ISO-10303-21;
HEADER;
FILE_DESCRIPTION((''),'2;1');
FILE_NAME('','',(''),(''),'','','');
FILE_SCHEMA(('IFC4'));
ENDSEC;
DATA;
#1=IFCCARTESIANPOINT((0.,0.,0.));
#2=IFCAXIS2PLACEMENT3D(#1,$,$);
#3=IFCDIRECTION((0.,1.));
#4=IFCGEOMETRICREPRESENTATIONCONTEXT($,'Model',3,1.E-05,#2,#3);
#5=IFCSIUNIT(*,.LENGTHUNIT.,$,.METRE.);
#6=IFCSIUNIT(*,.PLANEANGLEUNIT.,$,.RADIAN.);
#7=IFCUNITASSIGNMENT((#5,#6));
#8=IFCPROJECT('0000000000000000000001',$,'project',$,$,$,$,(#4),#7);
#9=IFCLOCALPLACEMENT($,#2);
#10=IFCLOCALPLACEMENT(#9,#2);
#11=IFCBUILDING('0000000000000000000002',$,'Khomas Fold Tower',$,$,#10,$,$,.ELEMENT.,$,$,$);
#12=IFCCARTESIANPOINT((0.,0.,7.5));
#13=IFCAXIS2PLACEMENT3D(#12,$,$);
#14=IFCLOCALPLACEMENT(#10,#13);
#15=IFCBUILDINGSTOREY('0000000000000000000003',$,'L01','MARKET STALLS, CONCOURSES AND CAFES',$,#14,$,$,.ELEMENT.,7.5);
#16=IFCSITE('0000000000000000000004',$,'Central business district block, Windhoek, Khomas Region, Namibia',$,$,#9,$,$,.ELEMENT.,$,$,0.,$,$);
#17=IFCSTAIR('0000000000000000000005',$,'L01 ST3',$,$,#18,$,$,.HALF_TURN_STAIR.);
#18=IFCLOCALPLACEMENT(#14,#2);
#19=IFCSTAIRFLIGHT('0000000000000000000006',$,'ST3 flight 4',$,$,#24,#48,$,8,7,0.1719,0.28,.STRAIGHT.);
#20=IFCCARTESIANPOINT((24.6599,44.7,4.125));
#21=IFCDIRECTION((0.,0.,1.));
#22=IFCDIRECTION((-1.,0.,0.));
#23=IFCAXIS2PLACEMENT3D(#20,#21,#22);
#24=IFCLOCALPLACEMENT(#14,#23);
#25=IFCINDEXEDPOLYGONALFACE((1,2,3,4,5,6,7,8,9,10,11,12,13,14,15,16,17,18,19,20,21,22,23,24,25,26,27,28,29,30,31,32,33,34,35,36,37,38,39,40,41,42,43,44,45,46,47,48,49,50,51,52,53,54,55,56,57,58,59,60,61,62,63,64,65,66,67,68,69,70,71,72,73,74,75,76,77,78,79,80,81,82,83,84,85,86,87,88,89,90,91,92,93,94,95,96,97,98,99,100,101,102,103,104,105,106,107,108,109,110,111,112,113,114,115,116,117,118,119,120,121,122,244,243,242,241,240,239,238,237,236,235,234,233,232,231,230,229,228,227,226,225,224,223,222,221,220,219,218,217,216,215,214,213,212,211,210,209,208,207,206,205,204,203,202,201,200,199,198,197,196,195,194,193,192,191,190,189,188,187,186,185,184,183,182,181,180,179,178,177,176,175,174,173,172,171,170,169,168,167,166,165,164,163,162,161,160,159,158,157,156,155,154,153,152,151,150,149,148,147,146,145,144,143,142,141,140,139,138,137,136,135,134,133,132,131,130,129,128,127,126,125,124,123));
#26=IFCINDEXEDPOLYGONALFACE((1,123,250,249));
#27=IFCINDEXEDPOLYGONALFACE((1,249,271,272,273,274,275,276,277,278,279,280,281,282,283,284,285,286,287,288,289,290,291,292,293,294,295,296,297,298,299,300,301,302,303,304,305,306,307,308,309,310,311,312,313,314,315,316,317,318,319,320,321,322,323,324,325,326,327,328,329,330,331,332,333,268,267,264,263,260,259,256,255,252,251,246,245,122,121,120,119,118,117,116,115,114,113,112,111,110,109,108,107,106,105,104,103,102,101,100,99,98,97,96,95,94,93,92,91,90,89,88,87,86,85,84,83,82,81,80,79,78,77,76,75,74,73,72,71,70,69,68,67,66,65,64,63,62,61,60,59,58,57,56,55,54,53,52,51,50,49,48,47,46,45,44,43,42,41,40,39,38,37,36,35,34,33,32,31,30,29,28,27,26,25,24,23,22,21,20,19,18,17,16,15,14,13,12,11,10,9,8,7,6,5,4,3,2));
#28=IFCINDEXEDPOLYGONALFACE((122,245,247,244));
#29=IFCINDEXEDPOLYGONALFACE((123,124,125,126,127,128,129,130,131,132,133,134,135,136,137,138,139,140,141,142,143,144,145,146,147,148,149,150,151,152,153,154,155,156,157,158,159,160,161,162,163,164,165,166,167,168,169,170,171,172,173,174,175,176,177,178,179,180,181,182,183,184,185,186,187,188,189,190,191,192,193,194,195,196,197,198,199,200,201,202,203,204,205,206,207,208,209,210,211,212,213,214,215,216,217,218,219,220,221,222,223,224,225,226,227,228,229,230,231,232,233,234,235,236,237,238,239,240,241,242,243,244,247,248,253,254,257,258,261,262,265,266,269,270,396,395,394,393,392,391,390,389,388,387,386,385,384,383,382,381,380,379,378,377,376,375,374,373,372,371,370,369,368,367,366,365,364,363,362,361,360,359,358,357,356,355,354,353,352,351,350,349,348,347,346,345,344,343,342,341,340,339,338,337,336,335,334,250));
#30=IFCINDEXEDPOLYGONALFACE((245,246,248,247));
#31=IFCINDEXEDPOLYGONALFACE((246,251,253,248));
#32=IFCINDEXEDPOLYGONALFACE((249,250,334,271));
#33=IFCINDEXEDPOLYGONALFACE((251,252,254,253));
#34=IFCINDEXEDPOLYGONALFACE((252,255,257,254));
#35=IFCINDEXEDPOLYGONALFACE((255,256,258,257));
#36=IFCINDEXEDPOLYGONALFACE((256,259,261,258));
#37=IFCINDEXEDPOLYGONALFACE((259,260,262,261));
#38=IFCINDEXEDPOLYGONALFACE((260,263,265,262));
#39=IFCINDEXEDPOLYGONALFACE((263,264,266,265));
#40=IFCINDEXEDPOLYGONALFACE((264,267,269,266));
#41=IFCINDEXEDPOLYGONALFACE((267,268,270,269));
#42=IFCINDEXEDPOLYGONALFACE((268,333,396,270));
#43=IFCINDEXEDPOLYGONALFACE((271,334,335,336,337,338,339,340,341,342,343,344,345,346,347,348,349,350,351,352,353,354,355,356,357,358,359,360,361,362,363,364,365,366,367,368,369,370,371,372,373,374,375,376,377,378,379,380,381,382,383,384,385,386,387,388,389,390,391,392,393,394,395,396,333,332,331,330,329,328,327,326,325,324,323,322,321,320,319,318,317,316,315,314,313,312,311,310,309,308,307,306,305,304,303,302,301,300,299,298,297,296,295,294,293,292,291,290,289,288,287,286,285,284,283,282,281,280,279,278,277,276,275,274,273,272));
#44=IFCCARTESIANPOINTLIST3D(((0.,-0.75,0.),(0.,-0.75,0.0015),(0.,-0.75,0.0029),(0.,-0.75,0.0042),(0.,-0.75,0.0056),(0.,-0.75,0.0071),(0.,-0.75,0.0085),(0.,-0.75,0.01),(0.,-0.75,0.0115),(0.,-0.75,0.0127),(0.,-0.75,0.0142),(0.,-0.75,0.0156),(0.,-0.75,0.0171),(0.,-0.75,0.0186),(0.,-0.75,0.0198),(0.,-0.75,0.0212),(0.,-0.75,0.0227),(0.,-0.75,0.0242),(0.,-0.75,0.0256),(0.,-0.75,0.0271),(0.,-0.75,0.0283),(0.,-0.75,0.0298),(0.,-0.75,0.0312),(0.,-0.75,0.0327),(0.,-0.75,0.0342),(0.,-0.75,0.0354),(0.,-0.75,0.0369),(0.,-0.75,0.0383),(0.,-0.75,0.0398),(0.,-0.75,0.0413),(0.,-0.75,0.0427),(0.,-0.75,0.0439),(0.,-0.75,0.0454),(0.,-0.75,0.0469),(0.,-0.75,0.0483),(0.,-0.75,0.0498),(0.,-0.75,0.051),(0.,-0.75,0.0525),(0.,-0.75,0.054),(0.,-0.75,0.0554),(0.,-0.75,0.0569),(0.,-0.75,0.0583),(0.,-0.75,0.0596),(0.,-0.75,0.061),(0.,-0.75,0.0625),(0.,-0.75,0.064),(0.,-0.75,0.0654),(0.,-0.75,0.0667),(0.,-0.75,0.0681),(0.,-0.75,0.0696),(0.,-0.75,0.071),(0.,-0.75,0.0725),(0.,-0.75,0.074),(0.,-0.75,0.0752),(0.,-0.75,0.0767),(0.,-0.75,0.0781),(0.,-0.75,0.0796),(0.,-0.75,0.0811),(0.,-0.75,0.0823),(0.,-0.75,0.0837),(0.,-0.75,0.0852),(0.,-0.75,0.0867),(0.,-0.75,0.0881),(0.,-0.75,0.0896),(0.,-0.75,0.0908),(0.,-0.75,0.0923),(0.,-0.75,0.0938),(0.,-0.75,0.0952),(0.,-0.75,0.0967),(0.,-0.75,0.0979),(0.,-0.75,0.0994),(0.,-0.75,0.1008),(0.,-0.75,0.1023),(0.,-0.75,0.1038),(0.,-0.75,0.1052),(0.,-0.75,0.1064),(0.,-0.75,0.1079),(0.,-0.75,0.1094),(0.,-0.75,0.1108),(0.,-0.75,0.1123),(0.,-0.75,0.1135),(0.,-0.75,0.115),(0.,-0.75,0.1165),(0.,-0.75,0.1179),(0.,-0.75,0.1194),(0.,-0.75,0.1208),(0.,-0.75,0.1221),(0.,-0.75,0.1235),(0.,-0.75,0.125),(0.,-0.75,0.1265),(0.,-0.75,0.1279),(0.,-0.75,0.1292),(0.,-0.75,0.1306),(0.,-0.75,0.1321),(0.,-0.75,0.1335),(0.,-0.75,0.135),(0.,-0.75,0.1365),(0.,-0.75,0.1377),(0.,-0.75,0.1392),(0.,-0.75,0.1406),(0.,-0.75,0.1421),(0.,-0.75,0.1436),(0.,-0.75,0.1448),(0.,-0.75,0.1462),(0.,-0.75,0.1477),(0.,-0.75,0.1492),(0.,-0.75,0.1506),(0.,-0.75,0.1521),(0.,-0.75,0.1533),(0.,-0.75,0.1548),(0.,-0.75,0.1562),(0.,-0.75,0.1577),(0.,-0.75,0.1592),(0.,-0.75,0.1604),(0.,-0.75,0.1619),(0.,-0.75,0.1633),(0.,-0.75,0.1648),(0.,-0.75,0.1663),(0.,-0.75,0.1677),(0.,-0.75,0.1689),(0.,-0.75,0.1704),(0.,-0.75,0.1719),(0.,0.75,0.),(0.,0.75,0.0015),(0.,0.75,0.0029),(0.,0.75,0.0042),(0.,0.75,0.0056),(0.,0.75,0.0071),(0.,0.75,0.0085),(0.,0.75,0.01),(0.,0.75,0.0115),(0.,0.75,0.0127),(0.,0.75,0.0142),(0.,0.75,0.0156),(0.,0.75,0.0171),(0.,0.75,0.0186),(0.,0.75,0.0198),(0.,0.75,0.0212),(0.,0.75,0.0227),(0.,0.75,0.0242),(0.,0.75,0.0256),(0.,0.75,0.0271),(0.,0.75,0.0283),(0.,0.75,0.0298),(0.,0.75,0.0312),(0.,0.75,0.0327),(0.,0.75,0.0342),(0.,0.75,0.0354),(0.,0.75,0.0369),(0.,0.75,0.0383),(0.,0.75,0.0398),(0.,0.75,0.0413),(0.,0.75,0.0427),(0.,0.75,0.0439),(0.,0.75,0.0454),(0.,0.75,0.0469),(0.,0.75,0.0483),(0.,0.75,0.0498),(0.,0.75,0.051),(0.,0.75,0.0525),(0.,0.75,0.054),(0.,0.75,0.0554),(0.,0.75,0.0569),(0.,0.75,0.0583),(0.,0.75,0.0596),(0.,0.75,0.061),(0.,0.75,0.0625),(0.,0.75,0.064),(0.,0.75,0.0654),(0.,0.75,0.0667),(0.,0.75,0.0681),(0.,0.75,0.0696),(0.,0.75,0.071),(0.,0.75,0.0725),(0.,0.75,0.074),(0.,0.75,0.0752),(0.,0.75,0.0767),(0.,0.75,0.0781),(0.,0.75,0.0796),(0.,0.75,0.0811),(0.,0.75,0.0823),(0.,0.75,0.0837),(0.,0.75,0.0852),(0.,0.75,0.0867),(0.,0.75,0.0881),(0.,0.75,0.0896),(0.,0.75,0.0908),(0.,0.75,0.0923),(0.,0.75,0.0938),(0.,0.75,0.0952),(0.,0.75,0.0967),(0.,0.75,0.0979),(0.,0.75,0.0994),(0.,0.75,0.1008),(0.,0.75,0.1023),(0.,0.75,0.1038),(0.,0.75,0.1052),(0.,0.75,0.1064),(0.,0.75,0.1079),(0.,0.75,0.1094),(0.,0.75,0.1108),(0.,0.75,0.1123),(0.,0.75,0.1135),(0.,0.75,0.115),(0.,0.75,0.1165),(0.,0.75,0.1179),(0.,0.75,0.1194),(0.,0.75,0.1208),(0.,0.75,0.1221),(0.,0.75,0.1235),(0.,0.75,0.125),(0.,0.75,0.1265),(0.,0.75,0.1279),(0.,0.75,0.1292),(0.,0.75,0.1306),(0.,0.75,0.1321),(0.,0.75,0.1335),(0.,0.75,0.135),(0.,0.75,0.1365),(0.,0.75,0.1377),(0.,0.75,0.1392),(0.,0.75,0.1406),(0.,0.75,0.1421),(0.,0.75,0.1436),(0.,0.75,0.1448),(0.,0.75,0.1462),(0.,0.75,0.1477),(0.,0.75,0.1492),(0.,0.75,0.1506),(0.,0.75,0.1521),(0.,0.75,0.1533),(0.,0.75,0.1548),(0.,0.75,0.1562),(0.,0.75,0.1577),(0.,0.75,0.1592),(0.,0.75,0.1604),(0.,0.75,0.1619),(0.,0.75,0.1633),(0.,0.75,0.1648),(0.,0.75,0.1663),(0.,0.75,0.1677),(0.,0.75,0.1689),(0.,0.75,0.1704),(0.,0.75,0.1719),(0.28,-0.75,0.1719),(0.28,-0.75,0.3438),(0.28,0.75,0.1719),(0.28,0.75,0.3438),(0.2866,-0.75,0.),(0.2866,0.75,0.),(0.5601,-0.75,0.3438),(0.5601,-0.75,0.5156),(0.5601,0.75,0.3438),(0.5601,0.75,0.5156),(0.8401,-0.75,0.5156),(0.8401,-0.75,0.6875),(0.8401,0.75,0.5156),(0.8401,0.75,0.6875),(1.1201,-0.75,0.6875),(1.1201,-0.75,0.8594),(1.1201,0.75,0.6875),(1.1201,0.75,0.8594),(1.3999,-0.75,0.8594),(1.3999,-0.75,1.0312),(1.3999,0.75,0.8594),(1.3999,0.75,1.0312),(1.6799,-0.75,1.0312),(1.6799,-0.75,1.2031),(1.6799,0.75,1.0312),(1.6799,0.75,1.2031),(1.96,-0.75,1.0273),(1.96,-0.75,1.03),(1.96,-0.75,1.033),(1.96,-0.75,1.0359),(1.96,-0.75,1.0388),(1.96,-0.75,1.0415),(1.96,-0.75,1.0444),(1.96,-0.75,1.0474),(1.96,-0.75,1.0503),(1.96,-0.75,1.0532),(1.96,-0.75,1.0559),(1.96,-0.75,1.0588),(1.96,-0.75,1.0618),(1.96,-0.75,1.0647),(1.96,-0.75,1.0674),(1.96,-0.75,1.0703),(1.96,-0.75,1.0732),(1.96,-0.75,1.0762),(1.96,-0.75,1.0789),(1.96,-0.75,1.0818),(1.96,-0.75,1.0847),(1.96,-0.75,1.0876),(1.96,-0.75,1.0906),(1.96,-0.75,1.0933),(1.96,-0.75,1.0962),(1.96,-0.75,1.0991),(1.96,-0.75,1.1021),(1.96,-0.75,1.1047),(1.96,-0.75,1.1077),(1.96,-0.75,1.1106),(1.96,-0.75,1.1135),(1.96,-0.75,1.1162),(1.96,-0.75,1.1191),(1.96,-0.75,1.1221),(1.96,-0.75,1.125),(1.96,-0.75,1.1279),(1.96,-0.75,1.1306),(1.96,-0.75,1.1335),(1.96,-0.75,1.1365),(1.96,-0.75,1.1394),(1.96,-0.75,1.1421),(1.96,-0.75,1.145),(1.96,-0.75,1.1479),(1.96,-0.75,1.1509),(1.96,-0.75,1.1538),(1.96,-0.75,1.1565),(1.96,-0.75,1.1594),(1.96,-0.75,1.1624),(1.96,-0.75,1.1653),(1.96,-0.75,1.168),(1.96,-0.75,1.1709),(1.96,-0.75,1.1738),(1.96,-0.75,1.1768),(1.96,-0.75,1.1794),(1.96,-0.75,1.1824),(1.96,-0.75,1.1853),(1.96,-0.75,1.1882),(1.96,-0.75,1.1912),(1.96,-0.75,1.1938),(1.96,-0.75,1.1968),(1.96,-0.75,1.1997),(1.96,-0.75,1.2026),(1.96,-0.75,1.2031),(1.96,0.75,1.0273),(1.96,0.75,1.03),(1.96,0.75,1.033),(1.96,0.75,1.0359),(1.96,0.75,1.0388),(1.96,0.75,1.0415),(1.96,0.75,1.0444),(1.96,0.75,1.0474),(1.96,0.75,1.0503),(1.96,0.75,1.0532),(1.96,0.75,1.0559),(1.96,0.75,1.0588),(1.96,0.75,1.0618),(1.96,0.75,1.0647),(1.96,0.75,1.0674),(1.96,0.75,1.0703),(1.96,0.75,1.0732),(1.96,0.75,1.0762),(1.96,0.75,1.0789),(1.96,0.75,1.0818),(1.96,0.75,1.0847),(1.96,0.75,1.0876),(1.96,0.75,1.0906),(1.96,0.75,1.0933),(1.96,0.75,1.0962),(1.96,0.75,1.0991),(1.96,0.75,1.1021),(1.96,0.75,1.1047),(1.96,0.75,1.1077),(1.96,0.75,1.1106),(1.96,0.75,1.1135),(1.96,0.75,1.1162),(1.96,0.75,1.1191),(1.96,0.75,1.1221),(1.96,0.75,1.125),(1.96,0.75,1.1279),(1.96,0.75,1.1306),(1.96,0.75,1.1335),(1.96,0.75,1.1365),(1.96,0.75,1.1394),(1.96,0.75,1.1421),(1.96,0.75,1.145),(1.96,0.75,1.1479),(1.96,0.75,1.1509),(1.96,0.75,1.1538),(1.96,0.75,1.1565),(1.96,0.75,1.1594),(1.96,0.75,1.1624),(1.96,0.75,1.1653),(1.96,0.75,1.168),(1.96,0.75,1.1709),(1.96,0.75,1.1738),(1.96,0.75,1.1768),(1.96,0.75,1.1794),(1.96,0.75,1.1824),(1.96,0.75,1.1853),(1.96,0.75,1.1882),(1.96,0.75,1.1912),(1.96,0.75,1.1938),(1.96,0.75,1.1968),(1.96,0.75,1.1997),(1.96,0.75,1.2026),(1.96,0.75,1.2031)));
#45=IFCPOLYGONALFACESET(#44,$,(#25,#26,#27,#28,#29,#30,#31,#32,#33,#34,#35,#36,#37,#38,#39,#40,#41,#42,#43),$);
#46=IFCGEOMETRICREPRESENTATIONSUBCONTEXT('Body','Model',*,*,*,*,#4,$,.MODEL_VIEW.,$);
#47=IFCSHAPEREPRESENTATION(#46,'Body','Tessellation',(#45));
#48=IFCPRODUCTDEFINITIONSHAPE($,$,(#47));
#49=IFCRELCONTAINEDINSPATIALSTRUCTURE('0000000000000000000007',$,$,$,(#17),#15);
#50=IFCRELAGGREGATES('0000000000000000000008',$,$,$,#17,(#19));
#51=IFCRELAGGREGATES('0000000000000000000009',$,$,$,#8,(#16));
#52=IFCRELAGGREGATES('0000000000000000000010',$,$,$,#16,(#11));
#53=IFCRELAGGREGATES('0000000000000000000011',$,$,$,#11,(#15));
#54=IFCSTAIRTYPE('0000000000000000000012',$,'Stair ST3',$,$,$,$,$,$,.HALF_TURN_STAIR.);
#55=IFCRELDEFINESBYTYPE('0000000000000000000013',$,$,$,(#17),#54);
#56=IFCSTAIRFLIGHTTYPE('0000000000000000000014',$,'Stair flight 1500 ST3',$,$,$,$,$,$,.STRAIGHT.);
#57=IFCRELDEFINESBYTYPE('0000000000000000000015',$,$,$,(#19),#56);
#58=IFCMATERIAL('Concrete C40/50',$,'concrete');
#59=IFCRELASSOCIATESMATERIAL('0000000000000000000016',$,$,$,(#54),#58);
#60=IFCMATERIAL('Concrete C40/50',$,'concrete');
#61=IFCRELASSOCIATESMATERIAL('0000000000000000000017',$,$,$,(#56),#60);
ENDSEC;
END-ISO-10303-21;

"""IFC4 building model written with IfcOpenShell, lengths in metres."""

from ifc_helpers import new_model, si_unit, direction, frame, origin, place, context, subcontext, project, spatial, polyline, outline, extrude, source, transform, mapped, material, type_object, element, aggregate, save


model = new_model("IFC4")

# Units and contexts
model_context = context("Model", 3, precision=1e-05, world=origin(), true_north=direction((0.0, 1.0)))
body_context = subcontext(model_context, "Body", "Model", "MODEL_VIEW")
ifc_project = project(units=[si_unit("LENGTHUNIT", "METRE"), si_unit("PLANEANGLEUNIT", "RADIAN")], contexts=[model_context])

# Site, building, storey
site_placement = place(None, origin())
site = spatial("IfcSite", under=ifc_project, at=site_placement, Name="Central business district block, Windhoek, Khomas Region, Namibia", CompositionType="ELEMENT", RefElevation=0.0)
building_placement = place(site_placement, origin())
building = spatial("IfcBuilding", under=site, at=building_placement, Name="Khomas Fold Tower", CompositionType="ELEMENT")
storey_placement = place(building_placement, frame((0.0, 0.0, 7.5)))
storey = spatial("IfcBuildingStorey", under=building, at=storey_placement, Name="L01", Description="MARKET STALLS, CONCOURSES AND CAFES", CompositionType="ELEMENT", Elevation=7.5)

# Stair, stair flight
shared_shape_1 = source(origin(), body_context, "Body", "SweptSolid", [
    extrude(outline(polyline([(0.0, 0.0), (0.0, 0.0015), (0.0, 0.0029), (0.0, 0.0042), (0.0, 0.0056), (0.0, 0.0071), (0.0, 0.0085), (0.0, 0.01), (0.0, 0.0115), (0.0, 0.0127), (0.0, 0.0142), (0.0, 0.0156), (0.0, 0.0171), (0.0, 0.0186), (0.0, 0.0198), (0.0, 0.0212), (0.0, 0.0227), (0.0, 0.0242), (0.0, 0.0256), (0.0, 0.0271), (0.0, 0.0283), (0.0, 0.0298), (0.0, 0.0312), (0.0, 0.0327), (0.0, 0.0342), (0.0, 0.0354), (0.0, 0.0369), (0.0, 0.0383), (0.0, 0.0398), (0.0, 0.0413), (0.0, 0.0427), (0.0, 0.0439), (0.0, 0.0454), (0.0, 0.0469), (0.0, 0.0483), (0.0, 0.0498), (0.0, 0.051), (0.0, 0.0525), (0.0, 0.054), (0.0, 0.0554), (0.0, 0.0569), (0.0, 0.0583), (0.0, 0.0596), (0.0, 0.061), (0.0, 0.0625), (0.0, 0.064), (0.0, 0.0654), (0.0, 0.0667), (0.0, 0.0681), (0.0, 0.0696), (0.0, 0.071), (0.0, 0.0725), (0.0, 0.074), (0.0, 0.0752), (0.0, 0.0767), (0.0, 0.0781), (0.0, 0.0796), (0.0, 0.0811), (0.0, 0.0823), (0.0, 0.0837), (0.0, 0.0852), (0.0, 0.0867), (0.0, 0.0881), (0.0, 0.0896), (0.0, 0.0908), (0.0, 0.0923), (0.0, 0.0938), (0.0, 0.0952), (0.0, 0.0967), (0.0, 0.0979), (0.0, 0.0994), (0.0, 0.1008), (0.0, 0.1023), (0.0, 0.1038), (0.0, 0.1052), (0.0, 0.1064), (0.0, 0.1079), (0.0, 0.1094), (0.0, 0.1108), (0.0, 0.1123), (0.0, 0.1135), (0.0, 0.115), (0.0, 0.1165), (0.0, 0.1179), (0.0, 0.1194), (0.0, 0.1208), (0.0, 0.1221), (0.0, 0.1235), (0.0, 0.125), (0.0, 0.1265), (0.0, 0.1279), (0.0, 0.1292), (0.0, 0.1306), (0.0, 0.1321), (0.0, 0.1335), (0.0, 0.135), (0.0, 0.1365), (0.0, 0.1377), (0.0, 0.1392), (0.0, 0.1406), (0.0, 0.1421), (0.0, 0.1436), (0.0, 0.1448), (0.0, 0.1462), (0.0, 0.1477), (0.0, 0.1492), (0.0, 0.1506), (0.0, 0.1521), (0.0, 0.1533), (0.0, 0.1548), (0.0, 0.1562), (0.0, 0.1577), (0.0, 0.1592), (0.0, 0.1604), (0.0, 0.1619), (0.0, 0.1633), (0.0, 0.1648), (0.0, 0.1663), (0.0, 0.1677), (0.0, 0.1689), (0.0, 0.1704), (0.0, 0.1719), (0.28, 0.1719), (0.28, 0.3438), (0.5601, 0.3438), (0.5601, 0.5156), (0.8401, 0.5156), (0.8401, 0.6875), (1.1201, 0.6875), (1.1201, 0.8594), (1.3999, 0.8594), (1.3999, 1.0312), (1.6799, 1.0312), (1.6799, 1.2031), (1.96, 1.2031), (1.96, 1.375), (1.96, 1.3721), (1.96, 1.3691), (1.96, 1.3665), (1.96, 1.3635), (1.96, 1.3606), (1.96, 1.3577), (1.96, 1.355), (1.96, 1.3521), (1.96, 1.3491), (1.96, 1.3462), (1.96, 1.3435), (1.96, 1.3406), (1.96, 1.3376), (1.96, 1.3347), (1.96, 1.3318), (1.96, 1.3291), (1.96, 1.3262), (1.96, 1.3232), (1.96, 1.3203), (1.96, 1.3176), (1.96, 1.3147), (1.96, 1.3118), (1.96, 1.3088), (1.96, 1.3059), (1.96, 1.3032), (1.96, 1.3003), (1.96, 1.2974), (1.96, 1.2944), (1.96, 1.2917), (1.96, 1.2888), (1.96, 1.2859), (1.96, 1.283), (1.96, 1.2803), (1.96, 1.2773), (1.96, 1.2744), (1.96, 1.2715), (1.96, 1.2686), (1.96, 1.2659), (1.96, 1.2629), (1.96, 1.26), (1.96, 1.2571), (1.96, 1.2544), (1.96, 1.2515), (1.96, 1.2485), (1.96, 1.2456), (1.96, 1.2427), (1.96, 1.24), (1.96, 1.2371), (1.96, 1.2341), (1.96, 1.2312), (1.96, 1.2285), (1.96, 1.2256), (1.96, 1.2227), (1.96, 1.2197), (1.96, 1.217), (1.96, 1.2141), (1.96, 1.2112), (1.96, 1.2083), (1.96, 1.2053), (1.96, 1.2026), (1.96, 1.1997), (1.96, 1.1968), (1.96, 1.1938), (1.96, 1.1912), (1.96, 1.1882), (1.96, 1.1853), (1.96, 1.1824), (1.96, 1.1794), (1.96, 1.1768), (1.96, 1.1738), (1.96, 1.1709), (1.96, 1.168), (1.96, 1.1653), (1.96, 1.1624), (1.96, 1.1594), (1.96, 1.1565), (1.96, 1.1538), (1.96, 1.1509), (1.96, 1.1479), (1.96, 1.145), (1.96, 1.1421), (1.96, 1.1394), (1.96, 1.1365), (1.96, 1.1335), (1.96, 1.1306), (1.96, 1.1279), (1.96, 1.125), (1.96, 1.1221), (1.96, 1.1191), (1.96, 1.1162), (1.96, 1.1135), (1.96, 1.1106), (1.96, 1.1077), (1.96, 1.1047), (1.96, 1.1021), (1.96, 1.0991), (1.96, 1.0962), (1.96, 1.0933), (1.96, 1.0906), (1.96, 1.0876), (1.96, 1.0847), (1.96, 1.0818), (1.96, 1.0789), (1.96, 1.0762), (1.96, 1.0732), (1.96, 1.0703), (1.96, 1.0674), (1.96, 1.0647), (1.96, 1.0618), (1.96, 1.0588), (1.96, 1.0559), (1.96, 1.0532), (1.96, 1.0503), (1.96, 1.0474), (1.96, 1.0444), (1.96, 1.0415), (1.96, 1.0388), (1.96, 1.0359), (1.96, 1.033), (1.96, 1.03), (1.96, 1.0273), (0.2866, 0.0), (0.0, 0.0)])), frame((0.0, 0.75, 0.0), z_axis=(0.0, -1.0, 0.0), x_axis=(1.0, 0.0, 0.0)), (0.0, 0.0, 1.0), 1.5),
])
ifc_material_1 = material(Name="Concrete C40/50", Category="concrete")
stair_type_1 = type_object("IfcStairType", Name="Stair ST3", PredefinedType="HALF_TURN_STAIR", material=ifc_material_1)
stair_1_placement = place(storey_placement, origin())
stair_1 = element("IfcStair", 1, at=stair_1_placement, inside=storey, type_object=stair_type_1, Name="L01 ST3", PredefinedType="HALF_TURN_STAIR")
ifc_material_2 = material(Name="Concrete C40/50", Category="concrete")
stair_flight_type_1 = type_object("IfcStairFlightType", Name="Stair flight 1500 ST3", PredefinedType="STRAIGHT", material=ifc_material_2)
stair_flight_1_placement = place(storey_placement, frame((24.6599, 44.7, 4.125), z_axis=(0.0, 0.0, 1.0), x_axis=(-1.0, 0.0, 0.0)))
stair_flight_1 = element("IfcStairFlight", 2, at=stair_flight_1_placement, type_object=stair_flight_type_1, Name="ST3 flight 4", NumberOfRisers=8, NumberOfTreads=7, PredefinedType="STRAIGHT", RiserHeight=0.1719, TreadLength=0.28, context=body_context, shape_type="MappedRepresentation", body=[
    mapped(shared_shape_1, transform((0.0, 0.0, 0.0))),
])
aggregate(stair_1, [stair_flight_1])

save(model, "model.ifc")
